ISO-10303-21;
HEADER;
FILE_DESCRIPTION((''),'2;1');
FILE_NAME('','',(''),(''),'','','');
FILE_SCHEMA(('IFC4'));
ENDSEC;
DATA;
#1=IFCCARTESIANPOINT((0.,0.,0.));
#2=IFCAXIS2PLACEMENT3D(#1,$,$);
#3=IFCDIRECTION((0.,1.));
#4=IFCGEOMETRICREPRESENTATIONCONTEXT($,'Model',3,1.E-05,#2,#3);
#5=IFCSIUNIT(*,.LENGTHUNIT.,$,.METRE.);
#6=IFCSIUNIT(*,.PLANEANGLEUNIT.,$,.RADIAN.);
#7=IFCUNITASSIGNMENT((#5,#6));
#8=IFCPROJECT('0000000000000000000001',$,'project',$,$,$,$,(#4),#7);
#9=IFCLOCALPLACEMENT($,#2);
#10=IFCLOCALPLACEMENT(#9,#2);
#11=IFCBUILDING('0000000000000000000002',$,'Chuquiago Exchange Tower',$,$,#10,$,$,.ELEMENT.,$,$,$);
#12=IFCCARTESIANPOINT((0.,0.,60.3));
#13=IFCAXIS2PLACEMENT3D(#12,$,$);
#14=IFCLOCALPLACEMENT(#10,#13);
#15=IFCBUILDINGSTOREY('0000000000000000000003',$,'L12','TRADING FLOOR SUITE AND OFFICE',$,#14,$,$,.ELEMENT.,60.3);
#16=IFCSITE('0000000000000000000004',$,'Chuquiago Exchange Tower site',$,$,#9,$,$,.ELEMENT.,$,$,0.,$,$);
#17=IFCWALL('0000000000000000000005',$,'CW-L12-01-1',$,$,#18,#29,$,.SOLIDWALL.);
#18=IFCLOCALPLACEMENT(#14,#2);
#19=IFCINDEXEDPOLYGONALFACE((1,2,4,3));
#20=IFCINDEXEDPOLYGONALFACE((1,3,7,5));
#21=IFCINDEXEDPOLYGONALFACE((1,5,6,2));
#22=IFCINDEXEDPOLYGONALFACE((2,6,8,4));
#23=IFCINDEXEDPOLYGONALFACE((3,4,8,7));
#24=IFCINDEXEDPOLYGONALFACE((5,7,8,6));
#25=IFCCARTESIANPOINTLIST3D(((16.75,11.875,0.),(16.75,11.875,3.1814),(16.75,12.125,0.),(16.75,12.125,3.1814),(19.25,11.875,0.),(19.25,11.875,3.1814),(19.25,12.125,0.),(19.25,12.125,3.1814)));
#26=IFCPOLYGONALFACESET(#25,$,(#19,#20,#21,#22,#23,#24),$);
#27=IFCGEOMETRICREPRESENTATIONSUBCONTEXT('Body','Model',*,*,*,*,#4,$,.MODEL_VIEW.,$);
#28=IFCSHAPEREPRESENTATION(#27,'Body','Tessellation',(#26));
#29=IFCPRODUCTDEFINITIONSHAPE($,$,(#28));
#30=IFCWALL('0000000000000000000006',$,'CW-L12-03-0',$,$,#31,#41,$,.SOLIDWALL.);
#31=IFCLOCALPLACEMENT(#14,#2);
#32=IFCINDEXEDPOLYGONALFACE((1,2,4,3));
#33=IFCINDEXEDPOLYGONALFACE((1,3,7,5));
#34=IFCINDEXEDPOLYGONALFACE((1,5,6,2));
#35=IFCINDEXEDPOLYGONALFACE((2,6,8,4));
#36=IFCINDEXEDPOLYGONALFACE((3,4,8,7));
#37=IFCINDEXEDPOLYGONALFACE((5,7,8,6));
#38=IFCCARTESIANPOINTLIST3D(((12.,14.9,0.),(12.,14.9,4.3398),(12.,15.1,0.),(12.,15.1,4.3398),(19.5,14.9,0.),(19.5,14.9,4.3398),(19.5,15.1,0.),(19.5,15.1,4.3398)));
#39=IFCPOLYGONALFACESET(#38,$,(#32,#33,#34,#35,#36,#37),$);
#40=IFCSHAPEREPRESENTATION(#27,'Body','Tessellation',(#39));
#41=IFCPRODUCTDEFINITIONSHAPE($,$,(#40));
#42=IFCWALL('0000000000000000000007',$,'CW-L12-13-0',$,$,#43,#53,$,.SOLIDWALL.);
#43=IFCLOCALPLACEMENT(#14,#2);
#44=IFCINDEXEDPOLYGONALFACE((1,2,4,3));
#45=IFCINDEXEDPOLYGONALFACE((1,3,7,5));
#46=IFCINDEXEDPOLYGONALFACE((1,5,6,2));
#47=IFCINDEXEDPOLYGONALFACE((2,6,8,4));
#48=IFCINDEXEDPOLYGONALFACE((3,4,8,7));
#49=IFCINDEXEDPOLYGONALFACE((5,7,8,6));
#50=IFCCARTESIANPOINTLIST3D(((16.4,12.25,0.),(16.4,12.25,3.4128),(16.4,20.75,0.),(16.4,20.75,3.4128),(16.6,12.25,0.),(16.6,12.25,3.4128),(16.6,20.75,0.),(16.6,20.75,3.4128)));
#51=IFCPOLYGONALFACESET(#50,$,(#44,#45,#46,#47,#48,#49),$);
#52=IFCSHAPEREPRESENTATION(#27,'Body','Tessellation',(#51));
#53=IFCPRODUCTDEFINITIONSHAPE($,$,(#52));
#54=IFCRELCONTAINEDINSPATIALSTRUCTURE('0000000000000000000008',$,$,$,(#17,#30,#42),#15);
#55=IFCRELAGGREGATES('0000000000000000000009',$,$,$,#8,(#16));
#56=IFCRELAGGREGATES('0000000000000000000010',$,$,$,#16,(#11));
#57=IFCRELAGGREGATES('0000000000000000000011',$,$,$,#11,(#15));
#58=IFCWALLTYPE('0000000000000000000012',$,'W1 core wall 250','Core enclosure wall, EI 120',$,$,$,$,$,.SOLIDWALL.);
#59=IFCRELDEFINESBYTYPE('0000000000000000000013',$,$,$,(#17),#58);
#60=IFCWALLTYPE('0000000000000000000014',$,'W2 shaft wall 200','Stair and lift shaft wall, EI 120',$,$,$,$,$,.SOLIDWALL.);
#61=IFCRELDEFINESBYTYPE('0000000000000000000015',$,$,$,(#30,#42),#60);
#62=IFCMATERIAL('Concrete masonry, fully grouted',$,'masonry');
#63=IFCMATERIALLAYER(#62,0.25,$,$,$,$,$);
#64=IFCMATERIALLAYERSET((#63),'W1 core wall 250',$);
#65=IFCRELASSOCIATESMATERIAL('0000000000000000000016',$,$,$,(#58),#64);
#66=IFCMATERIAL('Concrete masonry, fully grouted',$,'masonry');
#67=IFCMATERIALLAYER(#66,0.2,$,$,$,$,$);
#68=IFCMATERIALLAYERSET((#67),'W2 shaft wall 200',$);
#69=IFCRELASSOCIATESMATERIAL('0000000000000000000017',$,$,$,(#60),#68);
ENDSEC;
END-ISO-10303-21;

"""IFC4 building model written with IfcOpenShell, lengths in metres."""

from ifc_helpers import new_model, si_unit, direction, frame, frame_2d, origin, place, context, subcontext, project, spatial, rectangle, extrude, material, layer, layer_set, type_object, element, save


model = new_model("IFC4")

# Units and contexts
model_context = context("Model", 3, precision=1e-05, world=origin(), true_north=direction((0.0, 1.0)))
body_context = subcontext(model_context, "Body", "Model", "MODEL_VIEW")
ifc_project = project(units=[si_unit("LENGTHUNIT", "METRE"), si_unit("PLANEANGLEUNIT", "RADIAN")], contexts=[model_context])

# Site, building, storey
site_placement = place(None, origin())
site = spatial("IfcSite", under=ifc_project, at=site_placement, Name="Chuquiago Exchange Tower site", CompositionType="ELEMENT", RefElevation=0.0)
building_placement = place(site_placement, origin())
building = spatial("IfcBuilding", under=site, at=building_placement, Name="Chuquiago Exchange Tower", CompositionType="ELEMENT")
storey_placement = place(building_placement, frame((0.0, 0.0, 60.3)))
storey = spatial("IfcBuildingStorey", under=building, at=storey_placement, Name="L12", Description="TRADING FLOOR SUITE AND OFFICE", CompositionType="ELEMENT", Elevation=60.3)

# Shared definitions
ifc_material_1 = material(Name="Concrete masonry, fully grouted", Category="masonry")
ifc_layer_1 = layer(ifc_material_1, 0.25)
ifc_layer_set_1 = layer_set([ifc_layer_1], Name="W1 core wall 250")
wall_type_1 = type_object("IfcWallType", Name="W1 core wall 250", Description="Core enclosure wall, EI 120", PredefinedType="SOLIDWALL", material=ifc_layer_set_1)

# Walls
wall_1_placement = place(storey_placement, frame((16.75, 12.0, 0.0), z_axis=(0.0, 0.0, 1.0), x_axis=(1.0, 0.0, 0.0)))
element("IfcWall", 1, at=wall_1_placement, inside=storey, type_object=wall_type_1, Name="CW-L12-01-1", PredefinedType="SOLIDWALL", context=body_context, shape_type="SweptSolid", body=[
    extrude(rectangle(XDim=2.5, YDim=0.25, at=frame_2d((1.25, 0.0))), origin(), (0.0, 0.0, 1.0), 3.1814),
])
ifc_material_2 = material(Name="Concrete masonry, fully grouted", Category="masonry")
ifc_layer_2 = layer(ifc_material_2, 0.2)
ifc_layer_set_2 = layer_set([ifc_layer_2], Name="W2 shaft wall 200")
wall_type_2 = type_object("IfcWallType", Name="W2 shaft wall 200", Description="Stair and lift shaft wall, EI 120", PredefinedType="SOLIDWALL", material=ifc_layer_set_2)
wall_2_placement = place(storey_placement, frame((12.0, 15.0, 0.0), z_axis=(0.0, 0.0, 1.0), x_axis=(1.0, 0.0, 0.0)))
element("IfcWall", 2, at=wall_2_placement, inside=storey, type_object=wall_type_2, Name="CW-L12-03-0", PredefinedType="SOLIDWALL", context=body_context, shape_type="SweptSolid", body=[
    extrude(rectangle(XDim=7.5, YDim=0.2, at=frame_2d((3.75, 0.0))), origin(), (0.0, 0.0, 1.0), 4.3398),
])
wall_3_placement = place(storey_placement, frame((16.5, 12.25, 0.0), z_axis=(0.0, 0.0, 1.0), x_axis=(0.0, 1.0, 0.0)))
element("IfcWall", 3, at=wall_3_placement, inside=storey, type_object=wall_type_2, Name="CW-L12-13-0", PredefinedType="SOLIDWALL", context=body_context, shape_type="SweptSolid", body=[
    extrude(rectangle(XDim=8.5, YDim=0.2, at=frame_2d((4.25, 0.0))), origin(), (0.0, 0.0, 1.0), 3.4128),
])

save(model, "model.ifc")
